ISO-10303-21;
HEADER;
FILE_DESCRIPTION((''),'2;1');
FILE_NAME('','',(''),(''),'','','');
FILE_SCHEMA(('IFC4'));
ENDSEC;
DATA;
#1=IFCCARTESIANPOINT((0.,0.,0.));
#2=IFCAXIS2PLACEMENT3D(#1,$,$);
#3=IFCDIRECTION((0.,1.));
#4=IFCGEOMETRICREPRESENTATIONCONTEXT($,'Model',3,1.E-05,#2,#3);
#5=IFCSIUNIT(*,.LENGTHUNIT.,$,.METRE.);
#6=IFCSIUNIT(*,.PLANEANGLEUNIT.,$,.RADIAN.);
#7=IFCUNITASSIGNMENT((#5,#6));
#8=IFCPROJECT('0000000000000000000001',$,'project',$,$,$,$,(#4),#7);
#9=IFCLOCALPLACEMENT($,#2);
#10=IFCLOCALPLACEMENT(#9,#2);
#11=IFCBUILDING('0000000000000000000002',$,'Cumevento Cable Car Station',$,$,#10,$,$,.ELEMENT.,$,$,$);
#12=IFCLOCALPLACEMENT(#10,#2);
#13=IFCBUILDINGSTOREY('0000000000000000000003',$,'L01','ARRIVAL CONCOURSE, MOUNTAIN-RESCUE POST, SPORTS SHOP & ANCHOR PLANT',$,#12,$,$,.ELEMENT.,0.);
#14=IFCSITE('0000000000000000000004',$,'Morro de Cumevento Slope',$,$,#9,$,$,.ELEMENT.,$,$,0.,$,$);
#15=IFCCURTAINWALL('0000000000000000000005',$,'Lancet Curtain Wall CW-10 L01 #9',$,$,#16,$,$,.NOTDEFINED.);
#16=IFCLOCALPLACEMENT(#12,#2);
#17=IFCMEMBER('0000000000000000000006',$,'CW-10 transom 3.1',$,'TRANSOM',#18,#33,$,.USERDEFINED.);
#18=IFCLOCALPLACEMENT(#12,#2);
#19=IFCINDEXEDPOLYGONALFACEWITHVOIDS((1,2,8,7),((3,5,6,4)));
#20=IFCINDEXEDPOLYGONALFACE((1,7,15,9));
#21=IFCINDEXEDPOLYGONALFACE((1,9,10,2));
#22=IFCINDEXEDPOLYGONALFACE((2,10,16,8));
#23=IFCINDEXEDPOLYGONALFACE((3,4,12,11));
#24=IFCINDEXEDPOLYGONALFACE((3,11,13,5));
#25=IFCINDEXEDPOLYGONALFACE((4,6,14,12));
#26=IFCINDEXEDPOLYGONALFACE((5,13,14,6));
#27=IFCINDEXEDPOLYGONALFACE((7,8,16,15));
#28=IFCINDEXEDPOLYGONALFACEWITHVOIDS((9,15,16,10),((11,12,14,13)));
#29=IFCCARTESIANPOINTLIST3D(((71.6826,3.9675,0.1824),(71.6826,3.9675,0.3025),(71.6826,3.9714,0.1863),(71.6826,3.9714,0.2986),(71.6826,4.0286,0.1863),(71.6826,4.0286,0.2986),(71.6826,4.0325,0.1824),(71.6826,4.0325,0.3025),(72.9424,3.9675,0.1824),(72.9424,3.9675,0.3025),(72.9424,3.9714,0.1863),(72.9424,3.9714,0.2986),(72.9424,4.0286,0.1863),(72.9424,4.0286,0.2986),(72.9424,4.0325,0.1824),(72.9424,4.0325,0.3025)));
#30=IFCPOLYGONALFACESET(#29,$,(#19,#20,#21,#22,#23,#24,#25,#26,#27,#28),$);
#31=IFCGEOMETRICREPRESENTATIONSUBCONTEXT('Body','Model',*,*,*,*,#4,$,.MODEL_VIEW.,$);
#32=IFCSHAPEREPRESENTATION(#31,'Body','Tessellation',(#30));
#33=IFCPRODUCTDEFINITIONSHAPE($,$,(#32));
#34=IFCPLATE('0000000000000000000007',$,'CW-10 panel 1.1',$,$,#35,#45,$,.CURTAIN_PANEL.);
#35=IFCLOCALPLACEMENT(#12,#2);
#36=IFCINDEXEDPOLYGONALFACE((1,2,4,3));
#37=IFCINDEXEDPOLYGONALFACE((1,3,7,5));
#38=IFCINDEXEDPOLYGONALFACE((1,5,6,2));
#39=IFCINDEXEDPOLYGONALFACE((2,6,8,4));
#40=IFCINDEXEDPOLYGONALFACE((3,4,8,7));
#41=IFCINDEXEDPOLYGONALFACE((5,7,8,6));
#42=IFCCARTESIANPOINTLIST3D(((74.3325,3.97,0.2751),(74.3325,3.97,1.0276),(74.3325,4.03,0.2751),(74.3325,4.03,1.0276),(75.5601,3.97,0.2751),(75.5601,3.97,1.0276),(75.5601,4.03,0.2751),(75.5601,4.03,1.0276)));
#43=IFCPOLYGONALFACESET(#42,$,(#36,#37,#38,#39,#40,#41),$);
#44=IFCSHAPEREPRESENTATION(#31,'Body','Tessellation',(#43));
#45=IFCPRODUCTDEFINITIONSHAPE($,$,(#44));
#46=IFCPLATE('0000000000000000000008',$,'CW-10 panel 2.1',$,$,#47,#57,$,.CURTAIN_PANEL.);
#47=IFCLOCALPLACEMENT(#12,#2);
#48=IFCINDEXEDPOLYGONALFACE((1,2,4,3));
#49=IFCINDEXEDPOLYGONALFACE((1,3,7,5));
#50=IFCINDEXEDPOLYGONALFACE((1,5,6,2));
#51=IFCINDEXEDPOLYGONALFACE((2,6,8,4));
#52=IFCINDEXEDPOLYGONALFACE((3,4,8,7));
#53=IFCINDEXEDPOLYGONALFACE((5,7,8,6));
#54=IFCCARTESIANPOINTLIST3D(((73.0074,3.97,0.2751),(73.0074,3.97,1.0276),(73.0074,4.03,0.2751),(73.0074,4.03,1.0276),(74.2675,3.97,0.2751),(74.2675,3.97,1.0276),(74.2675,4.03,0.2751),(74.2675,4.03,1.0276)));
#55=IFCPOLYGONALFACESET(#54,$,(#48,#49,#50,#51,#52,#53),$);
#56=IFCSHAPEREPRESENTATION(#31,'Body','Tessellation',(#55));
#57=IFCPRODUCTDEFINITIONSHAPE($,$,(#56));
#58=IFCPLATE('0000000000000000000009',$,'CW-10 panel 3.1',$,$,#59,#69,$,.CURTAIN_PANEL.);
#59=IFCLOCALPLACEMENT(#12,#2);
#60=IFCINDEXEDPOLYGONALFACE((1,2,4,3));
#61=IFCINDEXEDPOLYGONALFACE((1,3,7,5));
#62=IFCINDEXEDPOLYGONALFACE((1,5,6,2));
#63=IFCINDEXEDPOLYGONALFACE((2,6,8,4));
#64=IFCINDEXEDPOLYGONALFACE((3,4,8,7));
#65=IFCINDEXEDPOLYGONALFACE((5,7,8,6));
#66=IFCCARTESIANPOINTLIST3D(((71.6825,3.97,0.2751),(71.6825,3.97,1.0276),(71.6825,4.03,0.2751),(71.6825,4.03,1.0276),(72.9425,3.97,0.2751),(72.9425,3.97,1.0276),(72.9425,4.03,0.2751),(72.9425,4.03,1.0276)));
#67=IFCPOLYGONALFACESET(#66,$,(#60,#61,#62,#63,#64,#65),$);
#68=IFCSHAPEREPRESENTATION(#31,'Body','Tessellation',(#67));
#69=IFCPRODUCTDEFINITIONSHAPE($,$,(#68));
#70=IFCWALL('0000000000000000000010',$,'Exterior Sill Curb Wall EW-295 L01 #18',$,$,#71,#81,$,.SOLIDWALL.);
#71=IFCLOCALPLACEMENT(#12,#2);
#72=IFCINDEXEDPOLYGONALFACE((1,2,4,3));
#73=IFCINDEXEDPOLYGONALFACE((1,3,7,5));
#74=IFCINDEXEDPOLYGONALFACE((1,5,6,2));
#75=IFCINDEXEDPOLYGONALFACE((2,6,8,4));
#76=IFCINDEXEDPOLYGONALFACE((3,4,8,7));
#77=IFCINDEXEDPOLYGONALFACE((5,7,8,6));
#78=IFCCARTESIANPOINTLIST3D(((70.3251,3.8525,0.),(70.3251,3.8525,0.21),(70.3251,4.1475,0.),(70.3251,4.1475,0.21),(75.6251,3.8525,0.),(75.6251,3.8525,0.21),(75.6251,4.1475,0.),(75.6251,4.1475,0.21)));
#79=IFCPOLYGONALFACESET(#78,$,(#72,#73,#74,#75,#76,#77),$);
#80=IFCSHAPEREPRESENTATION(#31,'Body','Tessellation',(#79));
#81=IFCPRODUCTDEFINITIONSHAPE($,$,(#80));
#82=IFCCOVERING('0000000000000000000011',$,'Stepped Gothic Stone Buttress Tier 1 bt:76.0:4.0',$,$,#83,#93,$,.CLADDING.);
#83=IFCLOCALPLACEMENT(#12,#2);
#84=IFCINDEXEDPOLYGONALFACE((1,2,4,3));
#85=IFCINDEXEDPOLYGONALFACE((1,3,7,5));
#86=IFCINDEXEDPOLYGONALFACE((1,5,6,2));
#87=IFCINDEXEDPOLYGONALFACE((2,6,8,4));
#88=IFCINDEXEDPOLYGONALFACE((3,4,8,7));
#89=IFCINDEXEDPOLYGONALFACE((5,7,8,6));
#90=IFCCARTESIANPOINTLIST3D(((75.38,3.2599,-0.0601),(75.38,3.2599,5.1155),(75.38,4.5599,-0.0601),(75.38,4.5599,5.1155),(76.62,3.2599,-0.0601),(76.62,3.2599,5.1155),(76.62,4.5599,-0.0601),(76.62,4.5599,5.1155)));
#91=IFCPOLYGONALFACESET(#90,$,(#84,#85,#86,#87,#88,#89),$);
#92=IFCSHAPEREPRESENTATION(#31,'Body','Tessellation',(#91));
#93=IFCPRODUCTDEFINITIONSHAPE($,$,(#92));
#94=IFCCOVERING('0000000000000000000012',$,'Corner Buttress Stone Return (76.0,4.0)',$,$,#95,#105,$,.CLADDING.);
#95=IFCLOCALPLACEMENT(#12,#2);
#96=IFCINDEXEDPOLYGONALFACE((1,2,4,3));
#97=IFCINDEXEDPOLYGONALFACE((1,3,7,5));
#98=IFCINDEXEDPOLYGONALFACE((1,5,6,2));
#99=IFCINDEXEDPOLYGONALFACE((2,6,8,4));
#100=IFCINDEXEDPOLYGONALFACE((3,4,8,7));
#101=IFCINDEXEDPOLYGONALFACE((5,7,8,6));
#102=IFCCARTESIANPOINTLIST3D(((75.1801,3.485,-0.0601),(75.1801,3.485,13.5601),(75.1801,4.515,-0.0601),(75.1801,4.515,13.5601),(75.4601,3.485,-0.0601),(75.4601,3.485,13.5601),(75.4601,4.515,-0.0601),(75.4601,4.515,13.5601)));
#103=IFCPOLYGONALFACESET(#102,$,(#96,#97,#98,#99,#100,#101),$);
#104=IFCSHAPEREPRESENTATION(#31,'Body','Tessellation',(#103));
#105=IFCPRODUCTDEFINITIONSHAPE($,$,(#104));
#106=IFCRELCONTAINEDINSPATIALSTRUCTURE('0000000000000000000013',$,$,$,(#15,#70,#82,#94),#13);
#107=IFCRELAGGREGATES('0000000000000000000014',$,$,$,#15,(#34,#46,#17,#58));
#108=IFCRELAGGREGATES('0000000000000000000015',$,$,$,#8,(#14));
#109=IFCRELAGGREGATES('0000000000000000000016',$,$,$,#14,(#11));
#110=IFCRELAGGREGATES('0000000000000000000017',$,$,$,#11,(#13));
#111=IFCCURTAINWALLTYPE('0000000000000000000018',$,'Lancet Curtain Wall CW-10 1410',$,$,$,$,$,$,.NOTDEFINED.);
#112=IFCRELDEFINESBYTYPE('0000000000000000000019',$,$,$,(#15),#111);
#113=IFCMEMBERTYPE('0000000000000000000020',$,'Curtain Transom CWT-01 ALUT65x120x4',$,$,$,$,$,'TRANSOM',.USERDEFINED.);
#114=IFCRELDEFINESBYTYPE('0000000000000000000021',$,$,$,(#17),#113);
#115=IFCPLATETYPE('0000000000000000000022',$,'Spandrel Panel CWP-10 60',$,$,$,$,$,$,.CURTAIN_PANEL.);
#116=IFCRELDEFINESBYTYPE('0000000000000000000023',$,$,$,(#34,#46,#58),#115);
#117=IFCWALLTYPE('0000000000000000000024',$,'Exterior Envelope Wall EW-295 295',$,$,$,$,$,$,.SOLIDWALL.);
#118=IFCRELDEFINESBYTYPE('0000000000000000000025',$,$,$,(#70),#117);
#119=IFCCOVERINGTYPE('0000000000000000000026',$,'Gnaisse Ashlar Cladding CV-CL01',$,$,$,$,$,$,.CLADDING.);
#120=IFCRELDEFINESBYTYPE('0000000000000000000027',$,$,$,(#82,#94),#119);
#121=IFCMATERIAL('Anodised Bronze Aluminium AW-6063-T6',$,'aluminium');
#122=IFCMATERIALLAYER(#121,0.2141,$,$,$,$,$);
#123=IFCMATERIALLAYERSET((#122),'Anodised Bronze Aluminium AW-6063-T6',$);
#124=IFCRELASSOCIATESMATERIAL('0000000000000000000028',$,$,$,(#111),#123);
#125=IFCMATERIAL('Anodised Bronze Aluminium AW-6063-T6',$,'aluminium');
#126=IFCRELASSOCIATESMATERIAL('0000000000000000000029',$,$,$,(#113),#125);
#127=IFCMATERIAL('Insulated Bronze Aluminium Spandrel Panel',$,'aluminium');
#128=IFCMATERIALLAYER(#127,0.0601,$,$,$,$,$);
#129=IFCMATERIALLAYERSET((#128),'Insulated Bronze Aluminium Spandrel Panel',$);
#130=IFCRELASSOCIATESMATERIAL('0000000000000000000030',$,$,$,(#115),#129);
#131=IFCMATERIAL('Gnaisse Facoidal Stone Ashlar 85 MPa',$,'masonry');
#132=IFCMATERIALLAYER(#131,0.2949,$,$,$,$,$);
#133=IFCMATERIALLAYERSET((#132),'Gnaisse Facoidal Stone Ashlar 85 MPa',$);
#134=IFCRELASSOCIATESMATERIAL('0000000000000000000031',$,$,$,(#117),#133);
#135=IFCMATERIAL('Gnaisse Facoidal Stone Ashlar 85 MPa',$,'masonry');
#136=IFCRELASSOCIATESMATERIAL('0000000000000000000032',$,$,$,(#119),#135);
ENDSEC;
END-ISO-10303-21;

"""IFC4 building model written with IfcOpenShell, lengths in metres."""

from ifc_helpers import new_model, si_unit, direction, frame, frame_2d, origin, origin_2d, place, context, subcontext, project, spatial, rectangle, hollow_rectangle, extrude, material, layer, layer_set, material_profile, profile_set, type_object, element, aggregate, save


model = new_model("IFC4")

# Units and contexts
model_context = context("Model", 3, precision=1e-05, world=origin(), true_north=direction((0.0, 1.0)))
body_context = subcontext(model_context, "Body", "Model", "MODEL_VIEW")
ifc_project = project(units=[si_unit("LENGTHUNIT", "METRE"), si_unit("PLANEANGLEUNIT", "RADIAN")], contexts=[model_context])

# Site, building, storey
site_placement = place(None, origin())
site = spatial("IfcSite", under=ifc_project, at=site_placement, Name="Morro de Cumevento Slope", CompositionType="ELEMENT", RefElevation=0.0)
building_placement = place(site_placement, origin())
building = spatial("IfcBuilding", under=site, at=building_placement, Name="Cumevento Cable Car Station", CompositionType="ELEMENT")
storey_placement = place(building_placement, origin())
storey = spatial("IfcBuildingStorey", under=building, at=storey_placement, Name="L01", Description="ARRIVAL CONCOURSE, MOUNTAIN-RESCUE POST, SPORTS SHOP & ANCHOR PLANT", CompositionType="ELEMENT", Elevation=0.0)

# Curtain wall, member, plates
ifc_material_1 = material(Name="Anodised Bronze Aluminium AW-6063-T6", Category="aluminium")
ifc_layer_1 = layer(ifc_material_1, 0.2141)
ifc_layer_set_1 = layer_set([ifc_layer_1], Name="Anodised Bronze Aluminium AW-6063-T6")
curtain_wall_type = type_object("IfcCurtainWallType", Name="Lancet Curtain Wall CW-10 1410", PredefinedType="NOTDEFINED", material=ifc_layer_set_1)
curtain_wall_placement = place(storey_placement, origin())
curtain_wall = element("IfcCurtainWall", 1, at=curtain_wall_placement, inside=storey, type_object=curtain_wall_type, Name="Lancet Curtain Wall CW-10 L01 #9", PredefinedType="NOTDEFINED")
ifc_material_2 = material(Name="Anodised Bronze Aluminium AW-6063-T6", Category="aluminium")
ifc_material_profile_1 = material_profile(ifc_material_2, hollow_rectangle(XDim=0.0649, YDim=0.1201, WallThickness=0.0039, at=origin_2d()), Name="ALUT65x120x4")
ifc_profile_set_1 = profile_set([ifc_material_profile_1], Name="Anodised Bronze Aluminium AW-6063-T6")
member_type_1 = type_object("IfcMemberType", Name="Curtain Transom CWT-01 ALUT65x120x4", ElementType="TRANSOM", PredefinedType="USERDEFINED", material=ifc_profile_set_1)
member_1_placement = place(storey_placement, frame((72.9424, 4.0, 0.2424), z_axis=(-1.0, 0.0, 0.0), x_axis=(0.0, -1.0, 0.0)))
member_1 = element("IfcMember", 2, at=member_1_placement, type_object=member_type_1, Name="CW-10 transom 3.1", ObjectType="TRANSOM", PredefinedType="USERDEFINED", context=body_context, shape_type="SweptSolid", body=[
    extrude(hollow_rectangle(XDim=0.0649, YDim=0.1201, WallThickness=0.0039, at=origin_2d()), origin(), (0.0, 0.0, 1.0), 1.2598),
])
ifc_material_3 = material(Name="Insulated Bronze Aluminium Spandrel Panel", Category="aluminium")
ifc_layer_2 = layer(ifc_material_3, 0.0601)
ifc_layer_set_2 = layer_set([ifc_layer_2], Name="Insulated Bronze Aluminium Spandrel Panel")
plate_type = type_object("IfcPlateType", Name="Spandrel Panel CWP-10 60", PredefinedType="CURTAIN_PANEL", material=ifc_layer_set_2)
plate_1_placement = place(storey_placement, frame((74.9463, 4.0, 0.2751), z_axis=(0.0, 0.0, 1.0), x_axis=(-1.0, 0.0, 0.0)))
plate_1 = element("IfcPlate", 3, at=plate_1_placement, type_object=plate_type, Name="CW-10 panel 1.1", PredefinedType="CURTAIN_PANEL", context=body_context, shape_type="SweptSolid", body=[
    extrude(rectangle(XDim=1.2275, YDim=0.0601, at=origin_2d()), origin(), (0.0, 0.0, 1.0), 0.7524),
])
plate_2_placement = place(storey_placement, frame((73.6375, 4.0, 0.2751), z_axis=(0.0, 0.0, 1.0), x_axis=(-1.0, 0.0, 0.0)))
plate_2 = element("IfcPlate", 4, at=plate_2_placement, type_object=plate_type, Name="CW-10 panel 2.1", PredefinedType="CURTAIN_PANEL", context=body_context, shape_type="SweptSolid", body=[
    extrude(rectangle(XDim=1.26, YDim=0.0601, at=origin_2d()), origin(), (0.0, 0.0, 1.0), 0.7524),
])
plate_3_placement = place(storey_placement, frame((72.3125, 4.0, 0.2751), z_axis=(0.0, 0.0, 1.0), x_axis=(-1.0, 0.0, 0.0)))
plate_3 = element("IfcPlate", 5, at=plate_3_placement, type_object=plate_type, Name="CW-10 panel 3.1", PredefinedType="CURTAIN_PANEL", context=body_context, shape_type="SweptSolid", body=[
    extrude(rectangle(XDim=1.26, YDim=0.0601, at=origin_2d()), origin(), (0.0, 0.0, 1.0), 0.7524),
])
aggregate(curtain_wall, [plate_1, plate_2, member_1, plate_3])

# Wall
ifc_material_4 = material(Name="Gnaisse Facoidal Stone Ashlar 85 MPa", Category="masonry")
ifc_layer_3 = layer(ifc_material_4, 0.2949)
ifc_layer_set_3 = layer_set([ifc_layer_3], Name="Gnaisse Facoidal Stone Ashlar 85 MPa")
wall_type = type_object("IfcWallType", Name="Exterior Envelope Wall EW-295 295", PredefinedType="SOLIDWALL", material=ifc_layer_set_3)
wall_placement = place(storey_placement, frame((75.625, 4.0, 0.0), z_axis=(0.0, 0.0, 1.0), x_axis=(-1.0, 0.0, 0.0)))
element("IfcWall", 6, at=wall_placement, inside=storey, type_object=wall_type, Name="Exterior Sill Curb Wall EW-295 L01 #18", PredefinedType="SOLIDWALL", context=body_context, shape_type="SweptSolid", body=[
    extrude(rectangle(XDim=5.3, YDim=0.2949, at=frame_2d((2.6499, 0.0))), origin(), (0.0, 0.0, 1.0), 0.21),
])

# Coverings
ifc_material_5 = material(Name="Gnaisse Facoidal Stone Ashlar 85 MPa", Category="masonry")
covering_type = type_object("IfcCoveringType", Name="Gnaisse Ashlar Cladding CV-CL01", PredefinedType="CLADDING", material=ifc_material_5)
covering_1_placement = place(storey_placement, frame((76.0, 3.9099, -0.0601), z_axis=(0.0, 0.0, 1.0), x_axis=(1.0, 0.0, 0.0)))
element("IfcCovering", 7, at=covering_1_placement, inside=storey, type_object=covering_type, Name="Stepped Gothic Stone Buttress Tier 1 bt:76.0:4.0", PredefinedType="CLADDING", context=body_context, shape_type="SweptSolid", body=[
    extrude(rectangle(XDim=1.24, YDim=1.3, at=origin_2d()), origin(), (0.0, 0.0, 1.0), 5.1755),
])
covering_2_placement = place(storey_placement, frame((75.3201, 4.0, -0.0601), z_axis=(0.0, 0.0, 1.0), x_axis=(1.0, 0.0, 0.0)))
element("IfcCovering", 8, at=covering_2_placement, inside=storey, type_object=covering_type, Name="Corner Buttress Stone Return (76.0,4.0)", PredefinedType="CLADDING", context=body_context, shape_type="SweptSolid", body=[
    extrude(rectangle(XDim=0.28, YDim=1.03, at=origin_2d()), origin(), (0.0, 0.0, 1.0), 13.6201),
])

save(model, "model.ifc")
